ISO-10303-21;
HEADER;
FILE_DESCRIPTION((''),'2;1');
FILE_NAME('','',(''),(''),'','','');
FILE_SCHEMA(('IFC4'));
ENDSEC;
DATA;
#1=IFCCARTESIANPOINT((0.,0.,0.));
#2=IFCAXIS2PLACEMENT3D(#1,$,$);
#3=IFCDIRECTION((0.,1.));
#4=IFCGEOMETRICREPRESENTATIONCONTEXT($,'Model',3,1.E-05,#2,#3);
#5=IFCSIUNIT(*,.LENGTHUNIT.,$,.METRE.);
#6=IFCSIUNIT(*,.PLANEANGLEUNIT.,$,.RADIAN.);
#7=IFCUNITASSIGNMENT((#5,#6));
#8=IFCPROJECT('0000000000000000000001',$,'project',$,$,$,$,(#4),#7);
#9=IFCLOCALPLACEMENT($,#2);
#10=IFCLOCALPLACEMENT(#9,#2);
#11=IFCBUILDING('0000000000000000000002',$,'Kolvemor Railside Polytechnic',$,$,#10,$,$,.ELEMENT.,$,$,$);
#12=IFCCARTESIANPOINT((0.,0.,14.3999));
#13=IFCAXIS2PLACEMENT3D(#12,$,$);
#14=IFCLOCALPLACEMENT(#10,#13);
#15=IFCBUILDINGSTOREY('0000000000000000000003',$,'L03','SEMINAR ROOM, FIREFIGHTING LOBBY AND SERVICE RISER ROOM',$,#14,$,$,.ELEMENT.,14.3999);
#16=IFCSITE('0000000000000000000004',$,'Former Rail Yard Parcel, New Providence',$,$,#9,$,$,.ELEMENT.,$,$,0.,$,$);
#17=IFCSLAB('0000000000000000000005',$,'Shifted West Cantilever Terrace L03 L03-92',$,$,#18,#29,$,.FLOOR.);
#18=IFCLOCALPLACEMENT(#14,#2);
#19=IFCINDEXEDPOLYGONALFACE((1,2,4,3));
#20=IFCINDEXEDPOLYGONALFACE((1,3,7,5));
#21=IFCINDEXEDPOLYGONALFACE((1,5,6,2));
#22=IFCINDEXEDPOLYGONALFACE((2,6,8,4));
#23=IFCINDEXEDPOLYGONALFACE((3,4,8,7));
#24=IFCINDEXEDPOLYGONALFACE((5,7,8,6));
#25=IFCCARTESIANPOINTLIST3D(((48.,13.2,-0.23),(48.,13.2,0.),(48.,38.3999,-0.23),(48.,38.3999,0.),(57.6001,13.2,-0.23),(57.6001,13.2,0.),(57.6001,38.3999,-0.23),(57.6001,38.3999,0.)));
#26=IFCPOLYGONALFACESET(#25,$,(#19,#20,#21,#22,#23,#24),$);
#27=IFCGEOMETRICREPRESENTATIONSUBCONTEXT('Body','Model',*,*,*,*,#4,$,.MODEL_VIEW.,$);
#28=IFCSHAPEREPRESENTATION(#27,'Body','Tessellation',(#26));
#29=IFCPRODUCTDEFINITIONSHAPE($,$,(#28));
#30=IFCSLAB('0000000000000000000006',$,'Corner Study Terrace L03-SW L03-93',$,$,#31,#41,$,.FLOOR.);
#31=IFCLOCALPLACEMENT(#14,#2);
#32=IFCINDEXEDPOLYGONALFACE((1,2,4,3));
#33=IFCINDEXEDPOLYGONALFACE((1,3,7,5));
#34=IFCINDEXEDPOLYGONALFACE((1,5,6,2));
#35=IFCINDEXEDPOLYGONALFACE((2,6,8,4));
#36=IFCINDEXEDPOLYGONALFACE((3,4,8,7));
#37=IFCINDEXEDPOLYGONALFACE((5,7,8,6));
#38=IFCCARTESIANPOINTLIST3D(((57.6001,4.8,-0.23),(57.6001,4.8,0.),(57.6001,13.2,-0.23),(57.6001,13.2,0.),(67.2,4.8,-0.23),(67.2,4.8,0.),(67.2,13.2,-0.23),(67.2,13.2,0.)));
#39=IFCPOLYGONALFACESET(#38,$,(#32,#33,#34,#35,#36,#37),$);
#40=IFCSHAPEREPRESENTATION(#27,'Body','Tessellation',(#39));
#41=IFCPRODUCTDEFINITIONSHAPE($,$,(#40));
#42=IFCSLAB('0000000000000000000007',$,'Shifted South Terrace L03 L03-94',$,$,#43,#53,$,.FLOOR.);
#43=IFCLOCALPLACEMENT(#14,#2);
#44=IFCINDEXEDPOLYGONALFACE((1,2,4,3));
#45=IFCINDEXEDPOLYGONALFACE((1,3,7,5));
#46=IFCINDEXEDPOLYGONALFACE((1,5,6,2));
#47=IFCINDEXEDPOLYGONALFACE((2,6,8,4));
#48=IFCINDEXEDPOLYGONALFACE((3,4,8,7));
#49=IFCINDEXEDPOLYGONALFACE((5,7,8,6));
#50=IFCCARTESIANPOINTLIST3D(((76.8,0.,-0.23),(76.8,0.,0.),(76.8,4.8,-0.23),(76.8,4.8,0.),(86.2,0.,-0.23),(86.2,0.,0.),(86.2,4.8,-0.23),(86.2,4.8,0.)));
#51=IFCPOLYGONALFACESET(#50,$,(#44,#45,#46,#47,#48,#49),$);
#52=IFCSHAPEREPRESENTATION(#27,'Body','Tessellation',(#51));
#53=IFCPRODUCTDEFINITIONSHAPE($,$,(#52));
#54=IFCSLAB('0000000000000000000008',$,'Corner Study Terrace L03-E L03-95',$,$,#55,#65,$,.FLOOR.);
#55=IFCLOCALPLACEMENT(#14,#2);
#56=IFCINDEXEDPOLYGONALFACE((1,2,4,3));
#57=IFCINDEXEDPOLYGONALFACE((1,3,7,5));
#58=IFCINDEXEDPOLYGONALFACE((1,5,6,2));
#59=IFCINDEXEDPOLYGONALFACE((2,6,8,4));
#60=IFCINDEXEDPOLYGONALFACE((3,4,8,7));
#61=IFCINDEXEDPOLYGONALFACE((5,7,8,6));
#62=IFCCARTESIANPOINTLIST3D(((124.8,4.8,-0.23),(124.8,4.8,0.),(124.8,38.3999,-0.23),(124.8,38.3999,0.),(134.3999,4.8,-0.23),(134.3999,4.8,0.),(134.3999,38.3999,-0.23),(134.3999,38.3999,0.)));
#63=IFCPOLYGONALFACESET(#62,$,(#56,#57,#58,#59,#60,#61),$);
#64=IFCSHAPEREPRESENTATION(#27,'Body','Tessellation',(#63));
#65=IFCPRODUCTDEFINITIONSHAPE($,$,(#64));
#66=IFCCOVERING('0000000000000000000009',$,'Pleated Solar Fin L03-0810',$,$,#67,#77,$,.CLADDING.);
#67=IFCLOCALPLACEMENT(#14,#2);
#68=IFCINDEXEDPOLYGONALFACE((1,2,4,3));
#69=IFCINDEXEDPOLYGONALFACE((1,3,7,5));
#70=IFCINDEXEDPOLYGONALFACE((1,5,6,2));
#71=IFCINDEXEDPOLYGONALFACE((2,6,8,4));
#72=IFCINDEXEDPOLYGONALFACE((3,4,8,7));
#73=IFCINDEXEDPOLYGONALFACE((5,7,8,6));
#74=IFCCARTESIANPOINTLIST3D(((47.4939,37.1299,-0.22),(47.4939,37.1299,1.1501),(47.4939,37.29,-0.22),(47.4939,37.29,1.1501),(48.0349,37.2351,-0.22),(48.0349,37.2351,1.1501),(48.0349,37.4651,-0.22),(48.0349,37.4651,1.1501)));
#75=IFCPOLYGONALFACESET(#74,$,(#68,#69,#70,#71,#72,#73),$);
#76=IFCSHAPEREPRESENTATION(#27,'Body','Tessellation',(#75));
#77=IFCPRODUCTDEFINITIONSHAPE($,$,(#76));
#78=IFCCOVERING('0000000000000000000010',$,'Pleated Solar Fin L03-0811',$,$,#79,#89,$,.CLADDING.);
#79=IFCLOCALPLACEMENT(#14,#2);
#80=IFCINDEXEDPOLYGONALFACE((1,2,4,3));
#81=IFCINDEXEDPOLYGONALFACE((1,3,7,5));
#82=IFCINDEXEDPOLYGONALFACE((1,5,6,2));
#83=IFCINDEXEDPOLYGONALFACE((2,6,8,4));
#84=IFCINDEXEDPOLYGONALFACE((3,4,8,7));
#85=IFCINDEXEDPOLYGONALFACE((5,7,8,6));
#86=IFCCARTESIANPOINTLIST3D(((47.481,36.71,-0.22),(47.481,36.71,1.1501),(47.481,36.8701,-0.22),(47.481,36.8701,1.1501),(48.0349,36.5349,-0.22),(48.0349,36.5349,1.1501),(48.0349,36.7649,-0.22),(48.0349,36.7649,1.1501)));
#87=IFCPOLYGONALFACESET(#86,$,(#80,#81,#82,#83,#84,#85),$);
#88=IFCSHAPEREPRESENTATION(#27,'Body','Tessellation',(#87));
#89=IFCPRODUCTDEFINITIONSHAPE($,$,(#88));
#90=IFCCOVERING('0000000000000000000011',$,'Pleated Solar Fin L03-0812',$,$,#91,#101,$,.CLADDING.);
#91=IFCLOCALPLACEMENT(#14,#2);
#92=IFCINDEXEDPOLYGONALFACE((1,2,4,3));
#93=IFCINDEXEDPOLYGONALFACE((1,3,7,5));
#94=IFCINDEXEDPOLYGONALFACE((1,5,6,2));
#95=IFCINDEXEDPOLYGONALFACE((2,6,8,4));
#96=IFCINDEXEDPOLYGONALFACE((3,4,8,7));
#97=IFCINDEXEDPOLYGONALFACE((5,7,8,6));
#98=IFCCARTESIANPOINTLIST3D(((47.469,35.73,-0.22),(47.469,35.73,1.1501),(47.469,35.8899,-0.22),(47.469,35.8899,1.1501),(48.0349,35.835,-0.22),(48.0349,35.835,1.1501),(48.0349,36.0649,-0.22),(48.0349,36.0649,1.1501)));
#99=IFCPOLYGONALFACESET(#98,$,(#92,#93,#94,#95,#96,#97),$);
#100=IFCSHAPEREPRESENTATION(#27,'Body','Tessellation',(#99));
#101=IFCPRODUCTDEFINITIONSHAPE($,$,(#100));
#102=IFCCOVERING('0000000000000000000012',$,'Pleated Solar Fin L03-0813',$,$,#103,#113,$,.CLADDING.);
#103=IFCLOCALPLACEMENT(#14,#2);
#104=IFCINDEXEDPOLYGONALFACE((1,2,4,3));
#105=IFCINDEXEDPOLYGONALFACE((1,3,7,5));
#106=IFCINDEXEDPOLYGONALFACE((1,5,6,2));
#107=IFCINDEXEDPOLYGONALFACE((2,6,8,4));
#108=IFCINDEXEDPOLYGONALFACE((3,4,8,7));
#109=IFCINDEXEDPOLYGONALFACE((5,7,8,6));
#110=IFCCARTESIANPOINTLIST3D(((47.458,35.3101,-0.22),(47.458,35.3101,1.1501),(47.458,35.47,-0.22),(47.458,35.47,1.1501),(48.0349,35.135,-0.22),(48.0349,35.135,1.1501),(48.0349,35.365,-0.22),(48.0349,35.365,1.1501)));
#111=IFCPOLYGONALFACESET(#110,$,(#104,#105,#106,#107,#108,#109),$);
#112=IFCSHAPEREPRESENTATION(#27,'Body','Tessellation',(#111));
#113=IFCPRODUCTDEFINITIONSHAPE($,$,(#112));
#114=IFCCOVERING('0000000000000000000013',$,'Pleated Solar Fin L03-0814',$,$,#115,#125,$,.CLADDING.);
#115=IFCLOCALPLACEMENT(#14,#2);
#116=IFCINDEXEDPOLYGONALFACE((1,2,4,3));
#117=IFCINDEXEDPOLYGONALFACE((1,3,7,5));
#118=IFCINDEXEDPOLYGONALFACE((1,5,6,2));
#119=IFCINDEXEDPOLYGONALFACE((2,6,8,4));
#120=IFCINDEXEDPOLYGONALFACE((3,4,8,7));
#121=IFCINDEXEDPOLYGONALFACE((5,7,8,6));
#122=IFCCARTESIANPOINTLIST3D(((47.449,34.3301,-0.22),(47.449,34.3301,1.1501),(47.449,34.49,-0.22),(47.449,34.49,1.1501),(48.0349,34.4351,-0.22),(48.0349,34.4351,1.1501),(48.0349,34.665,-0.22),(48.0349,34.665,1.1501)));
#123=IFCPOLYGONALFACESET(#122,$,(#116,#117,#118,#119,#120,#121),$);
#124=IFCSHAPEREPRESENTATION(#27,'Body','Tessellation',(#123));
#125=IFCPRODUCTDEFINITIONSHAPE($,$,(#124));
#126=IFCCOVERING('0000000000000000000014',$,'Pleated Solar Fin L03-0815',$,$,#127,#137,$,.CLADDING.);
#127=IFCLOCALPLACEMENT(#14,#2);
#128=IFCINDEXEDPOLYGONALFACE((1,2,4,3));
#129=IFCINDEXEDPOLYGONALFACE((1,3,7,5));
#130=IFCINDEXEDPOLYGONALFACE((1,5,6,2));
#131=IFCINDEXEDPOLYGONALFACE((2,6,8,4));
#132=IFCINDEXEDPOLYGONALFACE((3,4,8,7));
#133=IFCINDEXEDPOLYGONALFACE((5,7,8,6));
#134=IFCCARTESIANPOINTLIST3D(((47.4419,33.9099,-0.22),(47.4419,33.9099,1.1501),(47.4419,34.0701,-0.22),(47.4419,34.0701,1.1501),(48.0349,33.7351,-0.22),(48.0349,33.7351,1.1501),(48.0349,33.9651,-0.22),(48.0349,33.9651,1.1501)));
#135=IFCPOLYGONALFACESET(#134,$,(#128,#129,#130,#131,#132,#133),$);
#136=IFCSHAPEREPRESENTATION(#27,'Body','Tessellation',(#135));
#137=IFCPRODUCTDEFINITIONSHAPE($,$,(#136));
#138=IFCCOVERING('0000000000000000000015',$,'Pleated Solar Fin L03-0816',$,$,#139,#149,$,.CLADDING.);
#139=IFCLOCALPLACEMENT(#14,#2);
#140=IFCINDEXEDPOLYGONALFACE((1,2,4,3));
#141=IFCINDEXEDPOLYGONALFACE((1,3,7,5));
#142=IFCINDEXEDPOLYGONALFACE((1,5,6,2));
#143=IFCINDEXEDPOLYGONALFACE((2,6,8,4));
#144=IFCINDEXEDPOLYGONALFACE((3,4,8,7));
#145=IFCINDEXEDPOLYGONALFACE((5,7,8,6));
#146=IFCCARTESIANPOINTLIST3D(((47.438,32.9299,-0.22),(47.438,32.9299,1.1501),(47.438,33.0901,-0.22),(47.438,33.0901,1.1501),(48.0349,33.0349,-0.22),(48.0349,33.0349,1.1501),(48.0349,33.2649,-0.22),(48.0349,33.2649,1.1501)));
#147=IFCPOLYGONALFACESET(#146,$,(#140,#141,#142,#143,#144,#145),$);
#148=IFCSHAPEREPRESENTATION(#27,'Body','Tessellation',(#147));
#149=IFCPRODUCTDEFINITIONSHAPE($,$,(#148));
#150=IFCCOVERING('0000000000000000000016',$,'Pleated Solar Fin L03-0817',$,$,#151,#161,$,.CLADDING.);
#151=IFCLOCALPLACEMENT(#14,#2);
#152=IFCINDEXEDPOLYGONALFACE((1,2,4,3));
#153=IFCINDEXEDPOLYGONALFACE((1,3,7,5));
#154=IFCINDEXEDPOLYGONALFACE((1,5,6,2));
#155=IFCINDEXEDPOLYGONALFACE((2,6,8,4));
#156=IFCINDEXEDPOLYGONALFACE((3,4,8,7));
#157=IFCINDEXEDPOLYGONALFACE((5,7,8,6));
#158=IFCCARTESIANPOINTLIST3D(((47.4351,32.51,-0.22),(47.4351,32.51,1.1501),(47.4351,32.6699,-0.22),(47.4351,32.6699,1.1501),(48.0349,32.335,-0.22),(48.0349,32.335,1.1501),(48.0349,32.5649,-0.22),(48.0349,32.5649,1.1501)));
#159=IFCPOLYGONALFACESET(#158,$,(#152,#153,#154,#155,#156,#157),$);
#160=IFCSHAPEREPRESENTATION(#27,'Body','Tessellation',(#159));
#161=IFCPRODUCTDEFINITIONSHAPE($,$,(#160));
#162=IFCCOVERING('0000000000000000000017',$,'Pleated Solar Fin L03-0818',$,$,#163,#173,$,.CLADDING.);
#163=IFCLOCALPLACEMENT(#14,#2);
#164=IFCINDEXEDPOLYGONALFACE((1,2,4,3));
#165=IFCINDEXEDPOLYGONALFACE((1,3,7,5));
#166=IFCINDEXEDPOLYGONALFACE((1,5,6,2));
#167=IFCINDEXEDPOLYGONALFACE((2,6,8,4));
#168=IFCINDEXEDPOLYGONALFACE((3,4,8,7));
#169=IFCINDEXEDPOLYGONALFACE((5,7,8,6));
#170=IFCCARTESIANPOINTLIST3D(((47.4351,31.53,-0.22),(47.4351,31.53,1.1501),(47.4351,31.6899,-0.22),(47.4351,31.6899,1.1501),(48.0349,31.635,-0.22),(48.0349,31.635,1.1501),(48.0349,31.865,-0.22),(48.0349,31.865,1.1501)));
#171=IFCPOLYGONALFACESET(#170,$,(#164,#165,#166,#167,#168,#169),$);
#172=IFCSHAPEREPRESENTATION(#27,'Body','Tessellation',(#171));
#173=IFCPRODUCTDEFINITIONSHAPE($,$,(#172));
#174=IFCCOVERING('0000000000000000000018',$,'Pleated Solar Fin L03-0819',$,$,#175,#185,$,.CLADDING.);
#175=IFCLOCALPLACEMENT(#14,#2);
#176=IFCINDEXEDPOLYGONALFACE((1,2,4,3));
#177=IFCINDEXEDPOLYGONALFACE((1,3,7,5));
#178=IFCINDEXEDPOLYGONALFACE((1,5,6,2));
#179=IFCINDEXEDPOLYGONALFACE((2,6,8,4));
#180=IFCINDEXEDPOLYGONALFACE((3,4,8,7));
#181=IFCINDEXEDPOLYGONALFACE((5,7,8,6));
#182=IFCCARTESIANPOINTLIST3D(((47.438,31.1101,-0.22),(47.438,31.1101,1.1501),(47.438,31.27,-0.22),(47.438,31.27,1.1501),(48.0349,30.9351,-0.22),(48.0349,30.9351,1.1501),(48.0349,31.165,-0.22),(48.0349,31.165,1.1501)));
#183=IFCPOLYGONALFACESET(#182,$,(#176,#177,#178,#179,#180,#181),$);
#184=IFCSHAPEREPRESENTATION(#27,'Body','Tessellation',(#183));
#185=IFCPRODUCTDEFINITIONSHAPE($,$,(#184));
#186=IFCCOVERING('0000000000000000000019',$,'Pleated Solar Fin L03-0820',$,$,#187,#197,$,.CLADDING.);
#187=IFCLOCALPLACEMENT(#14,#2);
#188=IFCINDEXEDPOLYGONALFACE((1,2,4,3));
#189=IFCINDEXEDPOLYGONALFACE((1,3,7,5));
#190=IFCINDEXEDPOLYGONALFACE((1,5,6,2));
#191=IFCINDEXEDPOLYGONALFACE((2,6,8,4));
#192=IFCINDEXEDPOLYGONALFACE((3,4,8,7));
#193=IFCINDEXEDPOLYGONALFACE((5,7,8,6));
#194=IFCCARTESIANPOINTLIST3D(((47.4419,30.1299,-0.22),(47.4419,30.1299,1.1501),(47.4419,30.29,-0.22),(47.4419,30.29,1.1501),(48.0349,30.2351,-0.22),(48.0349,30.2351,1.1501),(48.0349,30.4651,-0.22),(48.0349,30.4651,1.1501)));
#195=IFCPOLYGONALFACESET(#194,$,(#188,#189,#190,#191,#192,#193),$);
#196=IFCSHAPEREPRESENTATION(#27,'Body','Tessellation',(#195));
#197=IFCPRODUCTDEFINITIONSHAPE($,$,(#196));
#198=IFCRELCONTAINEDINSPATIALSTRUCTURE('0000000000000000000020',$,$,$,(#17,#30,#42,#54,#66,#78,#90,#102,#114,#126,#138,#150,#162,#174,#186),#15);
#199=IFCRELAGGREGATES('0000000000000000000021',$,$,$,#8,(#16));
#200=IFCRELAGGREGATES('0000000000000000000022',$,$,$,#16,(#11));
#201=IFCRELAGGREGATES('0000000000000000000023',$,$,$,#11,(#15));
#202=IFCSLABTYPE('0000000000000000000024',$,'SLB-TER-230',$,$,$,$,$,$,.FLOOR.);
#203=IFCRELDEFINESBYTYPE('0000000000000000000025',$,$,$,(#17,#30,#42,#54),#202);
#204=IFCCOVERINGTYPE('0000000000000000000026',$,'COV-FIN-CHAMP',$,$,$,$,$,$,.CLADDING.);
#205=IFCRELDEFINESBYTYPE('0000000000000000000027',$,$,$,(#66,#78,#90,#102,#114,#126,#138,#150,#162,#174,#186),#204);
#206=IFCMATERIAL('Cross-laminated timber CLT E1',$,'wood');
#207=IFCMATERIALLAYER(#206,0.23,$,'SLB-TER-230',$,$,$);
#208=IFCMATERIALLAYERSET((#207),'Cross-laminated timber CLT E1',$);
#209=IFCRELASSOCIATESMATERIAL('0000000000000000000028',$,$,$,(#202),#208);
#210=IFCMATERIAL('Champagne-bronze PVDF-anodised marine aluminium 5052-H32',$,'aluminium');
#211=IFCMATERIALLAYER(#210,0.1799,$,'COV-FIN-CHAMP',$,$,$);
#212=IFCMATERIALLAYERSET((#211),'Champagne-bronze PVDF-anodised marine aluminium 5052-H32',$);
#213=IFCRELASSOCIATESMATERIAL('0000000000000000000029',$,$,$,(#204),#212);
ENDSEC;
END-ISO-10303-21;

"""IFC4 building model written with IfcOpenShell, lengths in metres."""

from ifc_helpers import new_model, si_unit, direction, frame, origin, place, context, subcontext, project, spatial, polyline, outline, extrude, material, layer, layer_set, type_object, element, save


model = new_model("IFC4")

# Units and contexts
model_context = context("Model", 3, precision=1e-05, world=origin(), true_north=direction((0.0, 1.0)))
body_context = subcontext(model_context, "Body", "Model", "MODEL_VIEW")
ifc_project = project(units=[si_unit("LENGTHUNIT", "METRE"), si_unit("PLANEANGLEUNIT", "RADIAN")], contexts=[model_context])

# Site, building, storey
site_placement = place(None, origin())
site = spatial("IfcSite", under=ifc_project, at=site_placement, Name="Former Rail Yard Parcel, New Providence", CompositionType="ELEMENT", RefElevation=0.0)
building_placement = place(site_placement, origin())
building = spatial("IfcBuilding", under=site, at=building_placement, Name="Kolvemor Railside Polytechnic", CompositionType="ELEMENT")
storey_placement = place(building_placement, frame((0.0, 0.0, 14.3999)))
storey = spatial("IfcBuildingStorey", under=building, at=storey_placement, Name="L03", Description="SEMINAR ROOM, FIREFIGHTING LOBBY AND SERVICE RISER ROOM", CompositionType="ELEMENT", Elevation=14.3999)

# Slabs
ifc_material_1 = material(Name="Cross-laminated timber CLT E1", Category="wood")
ifc_layer_1 = layer(ifc_material_1, 0.23, Name="SLB-TER-230")
ifc_layer_set_1 = layer_set([ifc_layer_1], Name="Cross-laminated timber CLT E1")
slab_type = type_object("IfcSlabType", Name="SLB-TER-230", PredefinedType="FLOOR", material=ifc_layer_set_1)
slab_1_placement = place(storey_placement, frame((0.0, 0.0, -0.23)))
element("IfcSlab", 1, at=slab_1_placement, inside=storey, type_object=slab_type, Name="Shifted West Cantilever Terrace L03 L03-92", PredefinedType="FLOOR", context=body_context, shape_type="SweptSolid", body=[
    extrude(outline(polyline([(48.0, 13.2), (57.6001, 13.2), (57.6001, 38.3999), (48.0, 38.3999), (48.0, 13.2)])), origin(), (0.0, 0.0, 1.0), 0.23),
])
slab_2_placement = place(storey_placement, frame((0.0, 0.0, -0.23)))
element("IfcSlab", 2, at=slab_2_placement, inside=storey, type_object=slab_type, Name="Corner Study Terrace L03-SW L03-93", PredefinedType="FLOOR", context=body_context, shape_type="SweptSolid", body=[
    extrude(outline(polyline([(57.6001, 4.8), (67.2, 4.8), (67.2, 13.2), (57.6001, 13.2), (57.6001, 4.8)])), origin(), (0.0, 0.0, 1.0), 0.23),
])
slab_3_placement = place(storey_placement, frame((0.0, 0.0, -0.23)))
element("IfcSlab", 3, at=slab_3_placement, inside=storey, type_object=slab_type, Name="Shifted South Terrace L03 L03-94", PredefinedType="FLOOR", context=body_context, shape_type="SweptSolid", body=[
    extrude(outline(polyline([(76.8, 0.0), (86.2, 0.0), (86.2, 4.8), (76.8, 4.8), (76.8, 0.0)])), origin(), (0.0, 0.0, 1.0), 0.23),
])
slab_4_placement = place(storey_placement, frame((0.0, 0.0, -0.23)))
element("IfcSlab", 4, at=slab_4_placement, inside=storey, type_object=slab_type, Name="Corner Study Terrace L03-E L03-95", PredefinedType="FLOOR", context=body_context, shape_type="SweptSolid", body=[
    extrude(outline(polyline([(124.8, 4.8), (134.3999, 4.8), (134.3999, 38.3999), (124.8, 38.3999), (124.8, 4.8)])), origin(), (0.0, 0.0, 1.0), 0.23),
])

# Coverings
ifc_material_2 = material(Name="Champagne-bronze PVDF-anodised marine aluminium 5052-H32", Category="aluminium")
ifc_layer_2 = layer(ifc_material_2, 0.1799, Name="COV-FIN-CHAMP")
ifc_layer_set_2 = layer_set([ifc_layer_2], Name="Champagne-bronze PVDF-anodised marine aluminium 5052-H32")
covering_type_1 = type_object("IfcCoveringType", Name="COV-FIN-CHAMP", PredefinedType="CLADDING", material=ifc_layer_set_2)
covering_1_placement = place(storey_placement, frame((0.0, 0.0, -0.22)))
element("IfcCovering", 5, at=covering_1_placement, inside=storey, type_object=covering_type_1, Name="Pleated Solar Fin L03-0810", PredefinedType="CLADDING", context=body_context, shape_type="SweptSolid", body=[
    extrude(outline(polyline([(48.0349, 37.4651), (48.0349, 37.2351), (47.4939, 37.1299), (47.4939, 37.29), (48.0349, 37.4651)])), origin(), (0.0, 0.0, 1.0), 1.3701),
])
covering_2_placement = place(storey_placement, frame((0.0, 0.0, -0.22)))
element("IfcCovering", 6, at=covering_2_placement, inside=storey, type_object=covering_type_1, Name="Pleated Solar Fin L03-0811", PredefinedType="CLADDING", context=body_context, shape_type="SweptSolid", body=[
    extrude(outline(polyline([(48.0349, 36.7649), (48.0349, 36.5349), (47.481, 36.71), (47.481, 36.8701), (48.0349, 36.7649)])), origin(), (0.0, 0.0, 1.0), 1.3701),
])
covering_3_placement = place(storey_placement, frame((0.0, 0.0, -0.22)))
element("IfcCovering", 7, at=covering_3_placement, inside=storey, type_object=covering_type_1, Name="Pleated Solar Fin L03-0812", PredefinedType="CLADDING", context=body_context, shape_type="SweptSolid", body=[
    extrude(outline(polyline([(48.0349, 36.0649), (48.0349, 35.835), (47.469, 35.73), (47.469, 35.8899), (48.0349, 36.0649)])), origin(), (0.0, 0.0, 1.0), 1.3701),
])
covering_4_placement = place(storey_placement, frame((0.0, 0.0, -0.22)))
element("IfcCovering", 8, at=covering_4_placement, inside=storey, type_object=covering_type_1, Name="Pleated Solar Fin L03-0813", PredefinedType="CLADDING", context=body_context, shape_type="SweptSolid", body=[
    extrude(outline(polyline([(48.0349, 35.365), (48.0349, 35.135), (47.458, 35.3101), (47.458, 35.47), (48.0349, 35.365)])), origin(), (0.0, 0.0, 1.0), 1.3701),
])
covering_5_placement = place(storey_placement, frame((0.0, 0.0, -0.22)))
element("IfcCovering", 9, at=covering_5_placement, inside=storey, type_object=covering_type_1, Name="Pleated Solar Fin L03-0814", PredefinedType="CLADDING", context=body_context, shape_type="SweptSolid", body=[
    extrude(outline(polyline([(48.0349, 34.665), (48.0349, 34.4351), (47.449, 34.3301), (47.449, 34.49), (48.0349, 34.665)])), origin(), (0.0, 0.0, 1.0), 1.3701),
])
covering_6_placement = place(storey_placement, frame((0.0, 0.0, -0.22)))
element("IfcCovering", 10, at=covering_6_placement, inside=storey, type_object=covering_type_1, Name="Pleated Solar Fin L03-0815", PredefinedType="CLADDING", context=body_context, shape_type="SweptSolid", body=[
    extrude(outline(polyline([(48.0349, 33.9651), (48.0349, 33.7351), (47.4419, 33.9099), (47.4419, 34.0701), (48.0349, 33.9651)])), origin(), (0.0, 0.0, 1.0), 1.3701),
])
covering_7_placement = place(storey_placement, frame((0.0, 0.0, -0.22)))
element("IfcCovering", 11, at=covering_7_placement, inside=storey, type_object=covering_type_1, Name="Pleated Solar Fin L03-0816", PredefinedType="CLADDING", context=body_context, shape_type="SweptSolid", body=[
    extrude(outline(polyline([(48.0349, 33.2649), (48.0349, 33.0349), (47.438, 32.9299), (47.438, 33.0901), (48.0349, 33.2649)])), origin(), (0.0, 0.0, 1.0), 1.3701),
])
covering_8_placement = place(storey_placement, frame((0.0, 0.0, -0.22)))
element("IfcCovering", 12, at=covering_8_placement, inside=storey, type_object=covering_type_1, Name="Pleated Solar Fin L03-0817", PredefinedType="CLADDING", context=body_context, shape_type="SweptSolid", body=[
    extrude(outline(polyline([(48.0349, 32.5649), (48.0349, 32.335), (47.4351, 32.51), (47.4351, 32.6699), (48.0349, 32.5649)])), origin(), (0.0, 0.0, 1.0), 1.3701),
])
covering_9_placement = place(storey_placement, frame((0.0, 0.0, -0.22)))
element("IfcCovering", 13, at=covering_9_placement, inside=storey, type_object=covering_type_1, Name="Pleated Solar Fin L03-0818", PredefinedType="CLADDING", context=body_context, shape_type="SweptSolid", body=[
    extrude(outline(polyline([(48.0349, 31.865), (48.0349, 31.635), (47.4351, 31.53), (47.4351, 31.6899), (48.0349, 31.865)])), origin(), (0.0, 0.0, 1.0), 1.3701),
])
covering_10_placement = place(storey_placement, frame((0.0, 0.0, -0.22)))
element("IfcCovering", 14, at=covering_10_placement, inside=storey, type_object=covering_type_1, Name="Pleated Solar Fin L03-0819", PredefinedType="CLADDING", context=body_context, shape_type="SweptSolid", body=[
    extrude(outline(polyline([(48.0349, 31.165), (48.0349, 30.9351), (47.438, 31.1101), (47.438, 31.27), (48.0349, 31.165)])), origin(), (0.0, 0.0, 1.0), 1.3701),
])
covering_11_placement = place(storey_placement, frame((0.0, 0.0, -0.22)))
element("IfcCovering", 15, at=covering_11_placement, inside=storey, type_object=covering_type_1, Name="Pleated Solar Fin L03-0820", PredefinedType="CLADDING", context=body_context, shape_type="SweptSolid", body=[
    extrude(outline(polyline([(48.0349, 30.4651), (48.0349, 30.2351), (47.4419, 30.1299), (47.4419, 30.29), (48.0349, 30.4651)])), origin(), (0.0, 0.0, 1.0), 1.3701),
])

save(model, "model.ifc")
